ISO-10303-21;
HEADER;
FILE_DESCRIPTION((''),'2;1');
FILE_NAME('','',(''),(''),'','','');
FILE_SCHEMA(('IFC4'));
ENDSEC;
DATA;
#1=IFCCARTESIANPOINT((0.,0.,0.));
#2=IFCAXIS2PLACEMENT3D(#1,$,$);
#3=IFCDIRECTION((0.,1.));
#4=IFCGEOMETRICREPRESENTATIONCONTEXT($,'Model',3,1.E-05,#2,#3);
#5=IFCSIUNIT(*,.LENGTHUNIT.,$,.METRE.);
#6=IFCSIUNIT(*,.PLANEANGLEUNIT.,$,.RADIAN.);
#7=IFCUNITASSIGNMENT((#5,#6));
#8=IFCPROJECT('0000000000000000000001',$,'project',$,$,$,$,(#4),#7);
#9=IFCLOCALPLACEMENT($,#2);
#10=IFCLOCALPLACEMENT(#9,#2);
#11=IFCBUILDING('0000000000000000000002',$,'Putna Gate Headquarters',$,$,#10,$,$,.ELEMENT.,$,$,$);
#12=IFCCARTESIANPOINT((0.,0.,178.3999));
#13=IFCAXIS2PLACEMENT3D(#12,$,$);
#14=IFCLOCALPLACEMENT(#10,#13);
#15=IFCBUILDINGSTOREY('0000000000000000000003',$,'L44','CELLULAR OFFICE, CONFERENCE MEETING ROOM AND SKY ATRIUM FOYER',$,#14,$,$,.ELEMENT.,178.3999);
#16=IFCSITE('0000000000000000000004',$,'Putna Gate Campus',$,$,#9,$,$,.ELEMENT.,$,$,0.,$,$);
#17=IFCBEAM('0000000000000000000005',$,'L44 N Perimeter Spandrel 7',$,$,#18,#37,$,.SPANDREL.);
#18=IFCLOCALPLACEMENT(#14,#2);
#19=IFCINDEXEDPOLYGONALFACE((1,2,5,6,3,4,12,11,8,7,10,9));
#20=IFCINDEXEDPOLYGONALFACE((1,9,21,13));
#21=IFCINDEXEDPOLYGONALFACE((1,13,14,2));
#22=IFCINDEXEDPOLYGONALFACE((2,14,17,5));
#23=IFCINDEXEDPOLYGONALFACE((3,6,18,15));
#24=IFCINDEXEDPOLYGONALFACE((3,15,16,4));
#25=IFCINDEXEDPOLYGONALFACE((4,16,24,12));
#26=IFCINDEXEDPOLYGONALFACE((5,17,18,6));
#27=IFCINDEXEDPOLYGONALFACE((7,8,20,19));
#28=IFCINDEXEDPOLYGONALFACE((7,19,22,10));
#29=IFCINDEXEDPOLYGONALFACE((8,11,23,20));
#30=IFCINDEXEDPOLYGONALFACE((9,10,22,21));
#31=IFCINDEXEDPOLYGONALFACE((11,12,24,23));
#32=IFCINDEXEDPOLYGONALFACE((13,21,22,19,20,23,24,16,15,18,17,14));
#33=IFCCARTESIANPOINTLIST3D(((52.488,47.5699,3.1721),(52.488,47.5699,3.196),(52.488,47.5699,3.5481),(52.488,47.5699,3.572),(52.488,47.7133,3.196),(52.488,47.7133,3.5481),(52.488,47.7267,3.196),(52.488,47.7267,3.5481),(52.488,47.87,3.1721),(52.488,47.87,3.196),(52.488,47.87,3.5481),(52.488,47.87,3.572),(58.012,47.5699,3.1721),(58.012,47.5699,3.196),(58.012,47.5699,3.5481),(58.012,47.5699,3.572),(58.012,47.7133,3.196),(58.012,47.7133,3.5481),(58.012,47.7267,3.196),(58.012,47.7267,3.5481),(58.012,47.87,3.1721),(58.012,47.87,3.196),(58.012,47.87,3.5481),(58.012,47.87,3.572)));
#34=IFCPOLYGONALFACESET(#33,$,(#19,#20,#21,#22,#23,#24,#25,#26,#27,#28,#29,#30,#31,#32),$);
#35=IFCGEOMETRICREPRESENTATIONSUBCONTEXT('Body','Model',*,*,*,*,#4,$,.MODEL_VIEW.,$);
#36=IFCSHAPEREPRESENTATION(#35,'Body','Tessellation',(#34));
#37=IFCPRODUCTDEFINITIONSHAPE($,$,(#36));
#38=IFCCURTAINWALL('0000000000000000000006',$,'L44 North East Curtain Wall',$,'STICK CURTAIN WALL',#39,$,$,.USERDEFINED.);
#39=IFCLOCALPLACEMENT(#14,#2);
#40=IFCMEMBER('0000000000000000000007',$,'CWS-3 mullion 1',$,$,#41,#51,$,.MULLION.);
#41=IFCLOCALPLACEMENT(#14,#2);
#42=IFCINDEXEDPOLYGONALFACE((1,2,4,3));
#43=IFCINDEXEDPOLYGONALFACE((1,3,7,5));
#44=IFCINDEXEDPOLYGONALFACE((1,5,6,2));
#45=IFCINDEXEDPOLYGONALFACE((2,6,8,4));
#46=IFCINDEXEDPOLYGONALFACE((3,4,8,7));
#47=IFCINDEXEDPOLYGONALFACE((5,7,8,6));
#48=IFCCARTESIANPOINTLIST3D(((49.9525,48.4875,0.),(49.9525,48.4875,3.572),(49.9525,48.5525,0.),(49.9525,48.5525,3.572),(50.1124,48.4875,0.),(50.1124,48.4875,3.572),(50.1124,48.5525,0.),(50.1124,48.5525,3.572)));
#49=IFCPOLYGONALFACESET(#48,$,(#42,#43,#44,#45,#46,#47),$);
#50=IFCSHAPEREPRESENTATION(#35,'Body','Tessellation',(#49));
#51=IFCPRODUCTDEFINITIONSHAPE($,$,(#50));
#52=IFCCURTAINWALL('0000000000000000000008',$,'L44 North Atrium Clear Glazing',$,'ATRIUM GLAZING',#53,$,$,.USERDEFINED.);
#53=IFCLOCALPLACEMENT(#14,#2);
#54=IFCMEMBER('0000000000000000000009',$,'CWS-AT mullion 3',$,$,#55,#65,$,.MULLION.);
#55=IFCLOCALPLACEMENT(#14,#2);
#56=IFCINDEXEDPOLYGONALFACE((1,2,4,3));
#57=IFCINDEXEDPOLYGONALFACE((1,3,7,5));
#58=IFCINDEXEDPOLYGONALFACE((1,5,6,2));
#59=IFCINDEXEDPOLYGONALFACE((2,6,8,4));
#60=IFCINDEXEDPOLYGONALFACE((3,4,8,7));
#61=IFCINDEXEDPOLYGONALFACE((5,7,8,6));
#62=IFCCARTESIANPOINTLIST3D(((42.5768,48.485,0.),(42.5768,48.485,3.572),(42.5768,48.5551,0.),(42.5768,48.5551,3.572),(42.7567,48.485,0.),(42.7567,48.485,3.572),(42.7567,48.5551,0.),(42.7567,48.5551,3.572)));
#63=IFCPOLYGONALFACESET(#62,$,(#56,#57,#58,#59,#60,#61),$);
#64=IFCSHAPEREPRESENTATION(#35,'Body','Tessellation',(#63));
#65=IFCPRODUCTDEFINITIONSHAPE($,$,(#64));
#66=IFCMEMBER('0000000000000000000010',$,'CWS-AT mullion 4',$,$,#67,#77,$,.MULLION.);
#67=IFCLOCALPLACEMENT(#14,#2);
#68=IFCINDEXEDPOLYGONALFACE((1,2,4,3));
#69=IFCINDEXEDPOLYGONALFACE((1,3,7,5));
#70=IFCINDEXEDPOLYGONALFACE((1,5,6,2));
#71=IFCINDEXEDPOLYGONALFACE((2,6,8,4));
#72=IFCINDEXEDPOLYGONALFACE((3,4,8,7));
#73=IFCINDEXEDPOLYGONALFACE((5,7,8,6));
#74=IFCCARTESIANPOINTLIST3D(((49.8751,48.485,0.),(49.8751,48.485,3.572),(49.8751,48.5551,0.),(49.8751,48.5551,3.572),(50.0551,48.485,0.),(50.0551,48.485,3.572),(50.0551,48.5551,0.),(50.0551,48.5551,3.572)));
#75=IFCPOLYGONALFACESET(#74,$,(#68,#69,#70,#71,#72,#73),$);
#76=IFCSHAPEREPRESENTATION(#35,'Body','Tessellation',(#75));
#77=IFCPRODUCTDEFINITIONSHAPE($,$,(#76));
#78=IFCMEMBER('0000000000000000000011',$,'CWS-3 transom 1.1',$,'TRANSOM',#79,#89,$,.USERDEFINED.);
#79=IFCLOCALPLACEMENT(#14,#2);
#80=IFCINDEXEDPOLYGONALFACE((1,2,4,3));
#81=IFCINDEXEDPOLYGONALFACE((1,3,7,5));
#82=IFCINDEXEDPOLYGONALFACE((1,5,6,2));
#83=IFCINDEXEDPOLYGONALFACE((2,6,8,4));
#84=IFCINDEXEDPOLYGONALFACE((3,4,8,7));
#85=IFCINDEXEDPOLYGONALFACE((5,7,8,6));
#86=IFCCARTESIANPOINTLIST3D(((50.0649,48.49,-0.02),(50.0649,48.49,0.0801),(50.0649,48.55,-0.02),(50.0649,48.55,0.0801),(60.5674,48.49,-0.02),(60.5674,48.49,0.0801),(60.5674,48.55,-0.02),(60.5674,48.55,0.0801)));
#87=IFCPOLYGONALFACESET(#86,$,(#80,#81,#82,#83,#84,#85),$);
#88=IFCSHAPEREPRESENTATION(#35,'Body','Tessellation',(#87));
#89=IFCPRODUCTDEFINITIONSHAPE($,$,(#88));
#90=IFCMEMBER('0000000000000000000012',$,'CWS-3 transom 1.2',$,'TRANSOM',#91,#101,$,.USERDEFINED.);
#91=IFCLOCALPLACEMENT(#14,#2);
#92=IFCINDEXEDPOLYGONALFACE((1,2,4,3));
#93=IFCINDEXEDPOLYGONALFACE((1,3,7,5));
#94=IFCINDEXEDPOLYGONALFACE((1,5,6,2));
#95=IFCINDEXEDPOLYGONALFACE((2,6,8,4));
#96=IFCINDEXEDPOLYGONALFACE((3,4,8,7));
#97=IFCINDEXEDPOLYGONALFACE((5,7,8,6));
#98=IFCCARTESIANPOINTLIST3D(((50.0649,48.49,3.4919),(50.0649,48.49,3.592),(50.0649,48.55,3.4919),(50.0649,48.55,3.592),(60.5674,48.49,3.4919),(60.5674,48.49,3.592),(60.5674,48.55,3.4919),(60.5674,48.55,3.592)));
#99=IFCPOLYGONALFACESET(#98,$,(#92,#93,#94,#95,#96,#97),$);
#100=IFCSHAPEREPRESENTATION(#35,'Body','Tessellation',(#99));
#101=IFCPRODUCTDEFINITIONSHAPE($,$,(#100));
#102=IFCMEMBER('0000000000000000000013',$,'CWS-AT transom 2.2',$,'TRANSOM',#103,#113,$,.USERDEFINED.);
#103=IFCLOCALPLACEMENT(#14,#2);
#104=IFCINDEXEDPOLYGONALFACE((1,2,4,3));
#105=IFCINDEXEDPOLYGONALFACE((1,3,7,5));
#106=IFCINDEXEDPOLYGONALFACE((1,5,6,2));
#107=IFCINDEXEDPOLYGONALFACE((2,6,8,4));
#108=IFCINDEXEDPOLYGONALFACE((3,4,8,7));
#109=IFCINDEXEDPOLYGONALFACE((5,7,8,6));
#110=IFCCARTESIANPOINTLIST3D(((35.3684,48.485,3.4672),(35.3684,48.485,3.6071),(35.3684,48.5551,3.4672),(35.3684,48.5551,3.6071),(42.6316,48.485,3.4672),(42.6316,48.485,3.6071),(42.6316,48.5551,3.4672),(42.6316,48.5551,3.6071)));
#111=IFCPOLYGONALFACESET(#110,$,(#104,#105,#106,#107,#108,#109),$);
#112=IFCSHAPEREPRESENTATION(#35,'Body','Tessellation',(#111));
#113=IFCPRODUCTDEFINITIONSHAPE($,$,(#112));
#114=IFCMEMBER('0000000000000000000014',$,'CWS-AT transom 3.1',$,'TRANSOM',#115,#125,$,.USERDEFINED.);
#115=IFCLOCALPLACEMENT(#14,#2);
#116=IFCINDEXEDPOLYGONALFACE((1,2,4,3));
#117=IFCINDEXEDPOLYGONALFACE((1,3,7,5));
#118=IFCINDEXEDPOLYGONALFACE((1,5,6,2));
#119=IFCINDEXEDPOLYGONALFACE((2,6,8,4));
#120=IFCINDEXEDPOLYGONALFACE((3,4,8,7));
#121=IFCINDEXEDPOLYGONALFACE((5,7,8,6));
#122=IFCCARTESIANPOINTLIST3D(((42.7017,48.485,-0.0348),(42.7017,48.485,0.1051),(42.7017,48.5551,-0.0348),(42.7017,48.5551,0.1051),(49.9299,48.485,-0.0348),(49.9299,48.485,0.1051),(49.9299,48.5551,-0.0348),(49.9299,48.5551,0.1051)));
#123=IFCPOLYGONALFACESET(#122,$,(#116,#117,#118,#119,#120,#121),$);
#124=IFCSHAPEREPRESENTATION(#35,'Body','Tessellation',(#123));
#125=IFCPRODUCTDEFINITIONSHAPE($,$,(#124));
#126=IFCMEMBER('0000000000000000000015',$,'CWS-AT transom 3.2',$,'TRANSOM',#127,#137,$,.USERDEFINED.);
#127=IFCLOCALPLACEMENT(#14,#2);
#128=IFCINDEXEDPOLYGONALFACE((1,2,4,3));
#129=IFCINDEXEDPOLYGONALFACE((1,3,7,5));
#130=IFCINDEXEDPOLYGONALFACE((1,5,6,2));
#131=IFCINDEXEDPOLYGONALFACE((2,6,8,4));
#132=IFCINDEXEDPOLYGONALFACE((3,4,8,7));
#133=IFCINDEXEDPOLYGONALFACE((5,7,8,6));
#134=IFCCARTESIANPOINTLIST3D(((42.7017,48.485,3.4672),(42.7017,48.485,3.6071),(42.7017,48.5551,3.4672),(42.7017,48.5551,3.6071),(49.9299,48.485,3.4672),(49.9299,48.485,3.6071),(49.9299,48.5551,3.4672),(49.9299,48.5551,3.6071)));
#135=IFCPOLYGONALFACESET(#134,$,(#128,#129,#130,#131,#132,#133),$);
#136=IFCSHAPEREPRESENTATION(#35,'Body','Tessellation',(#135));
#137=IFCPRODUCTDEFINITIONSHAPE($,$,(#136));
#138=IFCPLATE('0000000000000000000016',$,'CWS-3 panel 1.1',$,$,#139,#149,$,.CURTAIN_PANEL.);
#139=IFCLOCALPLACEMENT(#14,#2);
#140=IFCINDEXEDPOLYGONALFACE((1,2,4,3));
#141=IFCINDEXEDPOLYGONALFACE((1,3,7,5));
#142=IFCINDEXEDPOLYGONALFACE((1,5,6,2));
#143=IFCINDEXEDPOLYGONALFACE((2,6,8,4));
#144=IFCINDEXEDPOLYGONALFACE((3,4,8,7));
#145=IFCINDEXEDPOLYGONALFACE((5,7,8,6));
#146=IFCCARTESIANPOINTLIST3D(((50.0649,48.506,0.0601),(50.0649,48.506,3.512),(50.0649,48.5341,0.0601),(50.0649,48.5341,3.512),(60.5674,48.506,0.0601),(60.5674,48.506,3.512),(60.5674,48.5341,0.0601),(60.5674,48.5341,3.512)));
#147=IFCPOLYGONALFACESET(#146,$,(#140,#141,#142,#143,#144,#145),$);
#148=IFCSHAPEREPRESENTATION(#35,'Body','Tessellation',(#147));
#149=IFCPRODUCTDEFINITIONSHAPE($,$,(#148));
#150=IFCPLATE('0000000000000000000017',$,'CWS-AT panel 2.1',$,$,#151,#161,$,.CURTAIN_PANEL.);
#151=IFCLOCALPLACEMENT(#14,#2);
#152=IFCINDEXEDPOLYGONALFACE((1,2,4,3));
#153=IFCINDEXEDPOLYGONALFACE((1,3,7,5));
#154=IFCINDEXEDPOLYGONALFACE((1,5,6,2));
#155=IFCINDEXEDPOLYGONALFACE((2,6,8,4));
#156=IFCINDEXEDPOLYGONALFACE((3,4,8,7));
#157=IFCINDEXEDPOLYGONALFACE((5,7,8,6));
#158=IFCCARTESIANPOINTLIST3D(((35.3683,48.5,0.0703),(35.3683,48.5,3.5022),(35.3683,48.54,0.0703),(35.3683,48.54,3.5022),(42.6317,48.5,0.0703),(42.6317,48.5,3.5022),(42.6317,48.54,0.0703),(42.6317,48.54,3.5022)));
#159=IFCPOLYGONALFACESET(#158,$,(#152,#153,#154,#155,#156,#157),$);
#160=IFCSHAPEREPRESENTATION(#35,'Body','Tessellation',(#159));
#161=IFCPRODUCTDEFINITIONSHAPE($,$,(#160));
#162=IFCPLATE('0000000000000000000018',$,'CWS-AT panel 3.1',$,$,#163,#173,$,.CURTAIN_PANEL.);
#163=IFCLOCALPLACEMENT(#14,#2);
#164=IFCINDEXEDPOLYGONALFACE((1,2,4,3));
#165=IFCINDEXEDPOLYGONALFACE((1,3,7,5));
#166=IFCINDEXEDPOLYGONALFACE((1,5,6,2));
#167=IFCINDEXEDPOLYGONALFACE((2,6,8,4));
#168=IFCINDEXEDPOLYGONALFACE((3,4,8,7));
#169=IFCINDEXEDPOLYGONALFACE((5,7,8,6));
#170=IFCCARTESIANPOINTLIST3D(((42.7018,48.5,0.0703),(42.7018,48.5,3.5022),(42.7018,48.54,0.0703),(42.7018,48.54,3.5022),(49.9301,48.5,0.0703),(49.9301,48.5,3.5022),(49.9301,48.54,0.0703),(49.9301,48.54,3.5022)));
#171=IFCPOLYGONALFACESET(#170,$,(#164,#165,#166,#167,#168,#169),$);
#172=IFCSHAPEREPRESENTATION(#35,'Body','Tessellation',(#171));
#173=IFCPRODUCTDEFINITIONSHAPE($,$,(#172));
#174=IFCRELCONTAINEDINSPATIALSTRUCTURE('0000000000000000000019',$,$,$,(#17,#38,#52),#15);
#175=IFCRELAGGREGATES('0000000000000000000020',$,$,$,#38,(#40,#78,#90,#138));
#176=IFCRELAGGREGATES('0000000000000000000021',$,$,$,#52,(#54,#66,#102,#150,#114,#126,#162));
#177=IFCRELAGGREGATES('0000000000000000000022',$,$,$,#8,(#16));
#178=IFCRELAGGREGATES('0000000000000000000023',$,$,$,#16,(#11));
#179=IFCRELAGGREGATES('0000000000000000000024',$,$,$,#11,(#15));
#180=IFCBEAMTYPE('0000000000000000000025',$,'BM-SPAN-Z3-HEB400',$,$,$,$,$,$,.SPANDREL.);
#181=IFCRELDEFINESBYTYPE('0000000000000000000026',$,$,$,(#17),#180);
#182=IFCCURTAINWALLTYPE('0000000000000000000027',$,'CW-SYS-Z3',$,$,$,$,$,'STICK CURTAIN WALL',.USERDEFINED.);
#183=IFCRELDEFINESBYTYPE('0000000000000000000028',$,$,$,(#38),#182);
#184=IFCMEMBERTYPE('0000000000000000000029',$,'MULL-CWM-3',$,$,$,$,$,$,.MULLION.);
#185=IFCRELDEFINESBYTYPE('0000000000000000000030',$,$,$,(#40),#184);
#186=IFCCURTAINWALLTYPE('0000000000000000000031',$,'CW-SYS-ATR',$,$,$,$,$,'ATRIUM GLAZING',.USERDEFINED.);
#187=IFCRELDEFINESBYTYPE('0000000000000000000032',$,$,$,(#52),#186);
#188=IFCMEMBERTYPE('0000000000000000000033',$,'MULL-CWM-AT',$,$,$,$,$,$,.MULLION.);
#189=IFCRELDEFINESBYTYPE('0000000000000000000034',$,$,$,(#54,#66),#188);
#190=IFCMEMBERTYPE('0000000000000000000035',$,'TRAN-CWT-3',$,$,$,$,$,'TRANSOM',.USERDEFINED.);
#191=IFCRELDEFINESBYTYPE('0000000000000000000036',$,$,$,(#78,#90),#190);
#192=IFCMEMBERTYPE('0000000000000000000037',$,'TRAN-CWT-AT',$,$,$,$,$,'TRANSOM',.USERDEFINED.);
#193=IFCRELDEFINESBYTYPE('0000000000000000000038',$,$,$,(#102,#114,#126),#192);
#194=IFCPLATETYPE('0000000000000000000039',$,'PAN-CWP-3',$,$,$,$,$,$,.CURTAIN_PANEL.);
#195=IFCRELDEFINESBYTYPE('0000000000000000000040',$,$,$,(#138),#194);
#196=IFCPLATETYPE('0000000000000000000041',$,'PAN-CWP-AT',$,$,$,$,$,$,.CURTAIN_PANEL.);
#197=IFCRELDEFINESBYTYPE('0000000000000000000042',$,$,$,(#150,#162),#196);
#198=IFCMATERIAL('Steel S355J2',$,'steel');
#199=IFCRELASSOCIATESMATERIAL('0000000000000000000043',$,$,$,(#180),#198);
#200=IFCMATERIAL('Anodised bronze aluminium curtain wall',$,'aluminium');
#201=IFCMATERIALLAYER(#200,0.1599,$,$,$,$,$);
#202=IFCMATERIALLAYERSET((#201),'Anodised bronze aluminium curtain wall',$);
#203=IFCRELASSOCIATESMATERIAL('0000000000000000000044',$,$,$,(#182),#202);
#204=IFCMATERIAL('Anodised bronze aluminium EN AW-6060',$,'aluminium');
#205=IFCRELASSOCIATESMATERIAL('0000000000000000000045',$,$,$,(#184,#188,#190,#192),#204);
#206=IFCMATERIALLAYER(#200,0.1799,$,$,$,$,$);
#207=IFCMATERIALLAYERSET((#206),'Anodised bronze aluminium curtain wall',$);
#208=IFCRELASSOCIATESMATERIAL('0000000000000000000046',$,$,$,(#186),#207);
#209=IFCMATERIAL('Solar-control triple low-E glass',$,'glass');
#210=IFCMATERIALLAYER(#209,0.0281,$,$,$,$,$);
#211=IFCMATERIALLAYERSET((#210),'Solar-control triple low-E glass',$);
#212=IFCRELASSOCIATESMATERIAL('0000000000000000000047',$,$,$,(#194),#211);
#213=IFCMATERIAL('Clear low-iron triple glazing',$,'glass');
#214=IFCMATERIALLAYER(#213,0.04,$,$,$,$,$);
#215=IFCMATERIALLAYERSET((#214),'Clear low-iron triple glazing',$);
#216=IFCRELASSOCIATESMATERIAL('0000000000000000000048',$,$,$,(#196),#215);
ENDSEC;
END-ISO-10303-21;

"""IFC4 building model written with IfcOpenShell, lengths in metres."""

from ifc_helpers import new_model, si_unit, direction, frame, origin, origin_2d, place, context, subcontext, project, spatial, rectangle, i_section, extrude, material, layer, layer_set, material_profile, profile_set, type_object, element, aggregate, save


model = new_model("IFC4")

# Units and contexts
model_context = context("Model", 3, precision=1e-05, world=origin(), true_north=direction((0.0, 1.0)))
body_context = subcontext(model_context, "Body", "Model", "MODEL_VIEW")
ifc_project = project(units=[si_unit("LENGTHUNIT", "METRE"), si_unit("PLANEANGLEUNIT", "RADIAN")], contexts=[model_context])

# Site, building, storey
site_placement = place(None, origin())
site = spatial("IfcSite", under=ifc_project, at=site_placement, Name="Putna Gate Campus", CompositionType="ELEMENT", RefElevation=0.0)
building_placement = place(site_placement, origin())
building = spatial("IfcBuilding", under=site, at=building_placement, Name="Putna Gate Headquarters", CompositionType="ELEMENT")
storey_placement = place(building_placement, frame((0.0, 0.0, 178.3999)))
storey = spatial("IfcBuildingStorey", under=building, at=storey_placement, Name="L44", Description="CELLULAR OFFICE, CONFERENCE MEETING ROOM AND SKY ATRIUM FOYER", CompositionType="ELEMENT", Elevation=178.3999)

# Beam
ifc_material_1 = material(Name="Steel S355J2", Category="steel")
ifc_material_profile_1 = material_profile(ifc_material_1, i_section(OverallWidth=0.3, OverallDepth=0.3999, WebThickness=0.0134, FlangeThickness=0.0239, at=origin_2d()), Name="Steel S355J2")
ifc_profile_set_1 = profile_set([ifc_material_profile_1], Name="Steel S355J2")
beam_type_1 = type_object("IfcBeamType", Name="BM-SPAN-Z3-HEB400", PredefinedType="SPANDREL", material=ifc_profile_set_1)
for number, where, z_axis, x_axis, name in (
    (1, (52.488, 47.72, 3.3721), (1.0, 0.0, 0.0), (0.0, 1.0, 0.0), "L44 N Perimeter Spandrel 7"),
):
    element("IfcBeam", number, at=place(storey_placement, frame(where, z_axis=z_axis, x_axis=x_axis)), inside=storey, type_object=beam_type_1, Name=name, PredefinedType="SPANDREL", context=body_context, shape_type="SweptSolid", body=[
        extrude(i_section(OverallWidth=0.3, OverallDepth=0.3999, WebThickness=0.0134, FlangeThickness=0.0239, at=origin_2d()), origin(), (0.0, 0.0, 1.0), 5.5239),
    ])

# Curtain wall, member
ifc_material_2 = material(Name="Anodised bronze aluminium curtain wall", Category="aluminium")
ifc_layer_1 = layer(ifc_material_2, 0.1599)
ifc_layer_set_1 = layer_set([ifc_layer_1], Name="Anodised bronze aluminium curtain wall")
curtain_wall_type_1 = type_object("IfcCurtainWallType", Name="CW-SYS-Z3", ElementType="STICK CURTAIN WALL", PredefinedType="USERDEFINED", material=ifc_layer_set_1)
curtain_wall_1_placement = place(storey_placement, origin())
curtain_wall_1 = element("IfcCurtainWall", 2, at=curtain_wall_1_placement, inside=storey, type_object=curtain_wall_type_1, Name="L44 North East Curtain Wall", ObjectType="STICK CURTAIN WALL", PredefinedType="USERDEFINED")
ifc_material_3 = material(Name="Anodised bronze aluminium EN AW-6060", Category="aluminium")
ifc_material_profile_2 = material_profile(ifc_material_3, rectangle(XDim=0.0649, YDim=0.1599, at=origin_2d()), Name="Anodised bronze aluminium EN AW-6060")
ifc_profile_set_2 = profile_set([ifc_material_profile_2], Name="Anodised bronze aluminium EN AW-6060")
member_type_1 = type_object("IfcMemberType", Name="MULL-CWM-3", PredefinedType="MULLION", material=ifc_profile_set_2)
member_1_placement = place(storey_placement, frame((50.0325, 48.52, 0.0), z_axis=(0.0, 0.0, 1.0), x_axis=(0.0, 1.0, 0.0)))
member_1 = element("IfcMember", 3, at=member_1_placement, type_object=member_type_1, Name="CWS-3 mullion 1", PredefinedType="MULLION", context=body_context, shape_type="SweptSolid", body=[
    extrude(rectangle(XDim=0.0649, YDim=0.1599, at=origin_2d()), origin(), (0.0, 0.0, 1.0), 3.572),
])

# Curtain wall, members
ifc_layer_2 = layer(ifc_material_2, 0.1799)
ifc_layer_set_2 = layer_set([ifc_layer_2], Name="Anodised bronze aluminium curtain wall")
curtain_wall_type_2 = type_object("IfcCurtainWallType", Name="CW-SYS-ATR", ElementType="ATRIUM GLAZING", PredefinedType="USERDEFINED", material=ifc_layer_set_2)
curtain_wall_2_placement = place(storey_placement, origin())
curtain_wall_2 = element("IfcCurtainWall", 4, at=curtain_wall_2_placement, inside=storey, type_object=curtain_wall_type_2, Name="L44 North Atrium Clear Glazing", ObjectType="ATRIUM GLAZING", PredefinedType="USERDEFINED")
ifc_material_profile_3 = material_profile(ifc_material_3, rectangle(XDim=0.0701, YDim=0.1799, at=origin_2d()), Name="Anodised bronze aluminium EN AW-6060")
ifc_profile_set_3 = profile_set([ifc_material_profile_3], Name="Anodised bronze aluminium EN AW-6060")
member_type_2 = type_object("IfcMemberType", Name="MULL-CWM-AT", PredefinedType="MULLION", material=ifc_profile_set_3)
member_2_placement = place(storey_placement, frame((42.6667, 48.52, 0.0), z_axis=(0.0, 0.0, 1.0), x_axis=(0.0, 1.0, 0.0)))
member_2 = element("IfcMember", 5, at=member_2_placement, type_object=member_type_2, Name="CWS-AT mullion 3", PredefinedType="MULLION", context=body_context, shape_type="SweptSolid", body=[
    extrude(rectangle(XDim=0.0701, YDim=0.1799, at=origin_2d()), origin(), (0.0, 0.0, 1.0), 3.572),
])
member_3_placement = place(storey_placement, frame((49.9651, 48.52, 0.0), z_axis=(0.0, 0.0, 1.0), x_axis=(0.0, 1.0, 0.0)))
member_3 = element("IfcMember", 6, at=member_3_placement, type_object=member_type_2, Name="CWS-AT mullion 4", PredefinedType="MULLION", context=body_context, shape_type="SweptSolid", body=[
    extrude(rectangle(XDim=0.0701, YDim=0.1799, at=origin_2d()), origin(), (0.0, 0.0, 1.0), 3.572),
])

# Members
ifc_material_profile_4 = material_profile(ifc_material_3, rectangle(XDim=0.0601, YDim=0.1001, at=origin_2d()), Name="Anodised bronze aluminium EN AW-6060")
ifc_profile_set_4 = profile_set([ifc_material_profile_4], Name="Anodised bronze aluminium EN AW-6060")
member_type_3 = type_object("IfcMemberType", Name="TRAN-CWT-3", ElementType="TRANSOM", PredefinedType="USERDEFINED", material=ifc_profile_set_4)
member_4_placement = place(storey_placement, frame((50.0649, 48.52, 0.03), z_axis=(1.0, 0.0, 0.0), x_axis=(0.0, 1.0, 0.0)))
member_4 = element("IfcMember", 7, at=member_4_placement, type_object=member_type_3, Name="CWS-3 transom 1.1", ObjectType="TRANSOM", PredefinedType="USERDEFINED", context=body_context, shape_type="SweptSolid", body=[
    extrude(rectangle(XDim=0.0601, YDim=0.1001, at=origin_2d()), origin(), (0.0, 0.0, 1.0), 10.5024),
])
member_5_placement = place(storey_placement, frame((50.0649, 48.52, 3.542), z_axis=(1.0, 0.0, 0.0), x_axis=(0.0, 1.0, 0.0)))
member_5 = element("IfcMember", 8, at=member_5_placement, type_object=member_type_3, Name="CWS-3 transom 1.2", ObjectType="TRANSOM", PredefinedType="USERDEFINED", context=body_context, shape_type="SweptSolid", body=[
    extrude(rectangle(XDim=0.0601, YDim=0.1001, at=origin_2d()), origin(), (0.0, 0.0, 1.0), 10.5024),
])
ifc_material_profile_5 = material_profile(ifc_material_3, rectangle(XDim=0.0701, YDim=0.1399, at=origin_2d()), Name="Anodised bronze aluminium EN AW-6060")
ifc_profile_set_5 = profile_set([ifc_material_profile_5], Name="Anodised bronze aluminium EN AW-6060")
member_type_4 = type_object("IfcMemberType", Name="TRAN-CWT-AT", ElementType="TRANSOM", PredefinedType="USERDEFINED", material=ifc_profile_set_5)
member_6_placement = place(storey_placement, frame((35.3684, 48.52, 3.5371), z_axis=(1.0, 0.0, 0.0), x_axis=(0.0, 1.0, 0.0)))
member_6 = element("IfcMember", 9, at=member_6_placement, type_object=member_type_4, Name="CWS-AT transom 2.2", ObjectType="TRANSOM", PredefinedType="USERDEFINED", context=body_context, shape_type="SweptSolid", body=[
    extrude(rectangle(XDim=0.0701, YDim=0.1399, at=origin_2d()), origin(), (0.0, 0.0, 1.0), 7.2632),
])
member_7_placement = place(storey_placement, frame((42.7017, 48.52, 0.0352), z_axis=(1.0, 0.0, 0.0), x_axis=(0.0, 1.0, 0.0)))
member_7 = element("IfcMember", 10, at=member_7_placement, type_object=member_type_4, Name="CWS-AT transom 3.1", ObjectType="TRANSOM", PredefinedType="USERDEFINED", context=body_context, shape_type="SweptSolid", body=[
    extrude(rectangle(XDim=0.0701, YDim=0.1399, at=origin_2d()), origin(), (0.0, 0.0, 1.0), 7.2283),
])
member_8_placement = place(storey_placement, frame((42.7017, 48.52, 3.5371), z_axis=(1.0, 0.0, 0.0), x_axis=(0.0, 1.0, 0.0)))
member_8 = element("IfcMember", 11, at=member_8_placement, type_object=member_type_4, Name="CWS-AT transom 3.2", ObjectType="TRANSOM", PredefinedType="USERDEFINED", context=body_context, shape_type="SweptSolid", body=[
    extrude(rectangle(XDim=0.0701, YDim=0.1399, at=origin_2d()), origin(), (0.0, 0.0, 1.0), 7.2283),
])

# Plates
ifc_material_4 = material(Name="Solar-control triple low-E glass", Category="glass")
ifc_layer_3 = layer(ifc_material_4, 0.0281)
ifc_layer_set_3 = layer_set([ifc_layer_3], Name="Solar-control triple low-E glass")
plate_type_1 = type_object("IfcPlateType", Name="PAN-CWP-3", PredefinedType="CURTAIN_PANEL", material=ifc_layer_set_3)
plate_1_placement = place(storey_placement, frame((55.3162, 48.52, 0.0601), z_axis=(0.0, 0.0, 1.0), x_axis=(1.0, 0.0, 0.0)))
plate_1 = element("IfcPlate", 12, at=plate_1_placement, type_object=plate_type_1, Name="CWS-3 panel 1.1", PredefinedType="CURTAIN_PANEL", context=body_context, shape_type="SweptSolid", body=[
    extrude(rectangle(XDim=10.5024, YDim=0.0281, at=origin_2d()), origin(), (0.0, 0.0, 1.0), 3.4519),
])
aggregate(curtain_wall_1, [member_1, member_4, member_5, plate_1])
ifc_material_5 = material(Name="Clear low-iron triple glazing", Category="glass")
ifc_layer_4 = layer(ifc_material_5, 0.04)
ifc_layer_set_4 = layer_set([ifc_layer_4], Name="Clear low-iron triple glazing")
plate_type_2 = type_object("IfcPlateType", Name="PAN-CWP-AT", PredefinedType="CURTAIN_PANEL", material=ifc_layer_set_4)
plate_2_placement = place(storey_placement, frame((39.0, 48.52, 0.0703), z_axis=(0.0, 0.0, 1.0), x_axis=(1.0, 0.0, 0.0)))
plate_2 = element("IfcPlate", 13, at=plate_2_placement, type_object=plate_type_2, Name="CWS-AT panel 2.1", PredefinedType="CURTAIN_PANEL", context=body_context, shape_type="SweptSolid", body=[
    extrude(rectangle(XDim=7.2634, YDim=0.04, at=origin_2d()), origin(), (0.0, 0.0, 1.0), 3.4319),
])
plate_3_placement = place(storey_placement, frame((46.3159, 48.52, 0.0703), z_axis=(0.0, 0.0, 1.0), x_axis=(1.0, 0.0, 0.0)))
plate_3 = element("IfcPlate", 14, at=plate_3_placement, type_object=plate_type_2, Name="CWS-AT panel 3.1", PredefinedType="CURTAIN_PANEL", context=body_context, shape_type="SweptSolid", body=[
    extrude(rectangle(XDim=7.2283, YDim=0.04, at=origin_2d()), origin(), (0.0, 0.0, 1.0), 3.4319),
])
aggregate(curtain_wall_2, [member_2, member_3, member_6, plate_2, member_7, member_8, plate_3])

save(model, "model.ifc")
